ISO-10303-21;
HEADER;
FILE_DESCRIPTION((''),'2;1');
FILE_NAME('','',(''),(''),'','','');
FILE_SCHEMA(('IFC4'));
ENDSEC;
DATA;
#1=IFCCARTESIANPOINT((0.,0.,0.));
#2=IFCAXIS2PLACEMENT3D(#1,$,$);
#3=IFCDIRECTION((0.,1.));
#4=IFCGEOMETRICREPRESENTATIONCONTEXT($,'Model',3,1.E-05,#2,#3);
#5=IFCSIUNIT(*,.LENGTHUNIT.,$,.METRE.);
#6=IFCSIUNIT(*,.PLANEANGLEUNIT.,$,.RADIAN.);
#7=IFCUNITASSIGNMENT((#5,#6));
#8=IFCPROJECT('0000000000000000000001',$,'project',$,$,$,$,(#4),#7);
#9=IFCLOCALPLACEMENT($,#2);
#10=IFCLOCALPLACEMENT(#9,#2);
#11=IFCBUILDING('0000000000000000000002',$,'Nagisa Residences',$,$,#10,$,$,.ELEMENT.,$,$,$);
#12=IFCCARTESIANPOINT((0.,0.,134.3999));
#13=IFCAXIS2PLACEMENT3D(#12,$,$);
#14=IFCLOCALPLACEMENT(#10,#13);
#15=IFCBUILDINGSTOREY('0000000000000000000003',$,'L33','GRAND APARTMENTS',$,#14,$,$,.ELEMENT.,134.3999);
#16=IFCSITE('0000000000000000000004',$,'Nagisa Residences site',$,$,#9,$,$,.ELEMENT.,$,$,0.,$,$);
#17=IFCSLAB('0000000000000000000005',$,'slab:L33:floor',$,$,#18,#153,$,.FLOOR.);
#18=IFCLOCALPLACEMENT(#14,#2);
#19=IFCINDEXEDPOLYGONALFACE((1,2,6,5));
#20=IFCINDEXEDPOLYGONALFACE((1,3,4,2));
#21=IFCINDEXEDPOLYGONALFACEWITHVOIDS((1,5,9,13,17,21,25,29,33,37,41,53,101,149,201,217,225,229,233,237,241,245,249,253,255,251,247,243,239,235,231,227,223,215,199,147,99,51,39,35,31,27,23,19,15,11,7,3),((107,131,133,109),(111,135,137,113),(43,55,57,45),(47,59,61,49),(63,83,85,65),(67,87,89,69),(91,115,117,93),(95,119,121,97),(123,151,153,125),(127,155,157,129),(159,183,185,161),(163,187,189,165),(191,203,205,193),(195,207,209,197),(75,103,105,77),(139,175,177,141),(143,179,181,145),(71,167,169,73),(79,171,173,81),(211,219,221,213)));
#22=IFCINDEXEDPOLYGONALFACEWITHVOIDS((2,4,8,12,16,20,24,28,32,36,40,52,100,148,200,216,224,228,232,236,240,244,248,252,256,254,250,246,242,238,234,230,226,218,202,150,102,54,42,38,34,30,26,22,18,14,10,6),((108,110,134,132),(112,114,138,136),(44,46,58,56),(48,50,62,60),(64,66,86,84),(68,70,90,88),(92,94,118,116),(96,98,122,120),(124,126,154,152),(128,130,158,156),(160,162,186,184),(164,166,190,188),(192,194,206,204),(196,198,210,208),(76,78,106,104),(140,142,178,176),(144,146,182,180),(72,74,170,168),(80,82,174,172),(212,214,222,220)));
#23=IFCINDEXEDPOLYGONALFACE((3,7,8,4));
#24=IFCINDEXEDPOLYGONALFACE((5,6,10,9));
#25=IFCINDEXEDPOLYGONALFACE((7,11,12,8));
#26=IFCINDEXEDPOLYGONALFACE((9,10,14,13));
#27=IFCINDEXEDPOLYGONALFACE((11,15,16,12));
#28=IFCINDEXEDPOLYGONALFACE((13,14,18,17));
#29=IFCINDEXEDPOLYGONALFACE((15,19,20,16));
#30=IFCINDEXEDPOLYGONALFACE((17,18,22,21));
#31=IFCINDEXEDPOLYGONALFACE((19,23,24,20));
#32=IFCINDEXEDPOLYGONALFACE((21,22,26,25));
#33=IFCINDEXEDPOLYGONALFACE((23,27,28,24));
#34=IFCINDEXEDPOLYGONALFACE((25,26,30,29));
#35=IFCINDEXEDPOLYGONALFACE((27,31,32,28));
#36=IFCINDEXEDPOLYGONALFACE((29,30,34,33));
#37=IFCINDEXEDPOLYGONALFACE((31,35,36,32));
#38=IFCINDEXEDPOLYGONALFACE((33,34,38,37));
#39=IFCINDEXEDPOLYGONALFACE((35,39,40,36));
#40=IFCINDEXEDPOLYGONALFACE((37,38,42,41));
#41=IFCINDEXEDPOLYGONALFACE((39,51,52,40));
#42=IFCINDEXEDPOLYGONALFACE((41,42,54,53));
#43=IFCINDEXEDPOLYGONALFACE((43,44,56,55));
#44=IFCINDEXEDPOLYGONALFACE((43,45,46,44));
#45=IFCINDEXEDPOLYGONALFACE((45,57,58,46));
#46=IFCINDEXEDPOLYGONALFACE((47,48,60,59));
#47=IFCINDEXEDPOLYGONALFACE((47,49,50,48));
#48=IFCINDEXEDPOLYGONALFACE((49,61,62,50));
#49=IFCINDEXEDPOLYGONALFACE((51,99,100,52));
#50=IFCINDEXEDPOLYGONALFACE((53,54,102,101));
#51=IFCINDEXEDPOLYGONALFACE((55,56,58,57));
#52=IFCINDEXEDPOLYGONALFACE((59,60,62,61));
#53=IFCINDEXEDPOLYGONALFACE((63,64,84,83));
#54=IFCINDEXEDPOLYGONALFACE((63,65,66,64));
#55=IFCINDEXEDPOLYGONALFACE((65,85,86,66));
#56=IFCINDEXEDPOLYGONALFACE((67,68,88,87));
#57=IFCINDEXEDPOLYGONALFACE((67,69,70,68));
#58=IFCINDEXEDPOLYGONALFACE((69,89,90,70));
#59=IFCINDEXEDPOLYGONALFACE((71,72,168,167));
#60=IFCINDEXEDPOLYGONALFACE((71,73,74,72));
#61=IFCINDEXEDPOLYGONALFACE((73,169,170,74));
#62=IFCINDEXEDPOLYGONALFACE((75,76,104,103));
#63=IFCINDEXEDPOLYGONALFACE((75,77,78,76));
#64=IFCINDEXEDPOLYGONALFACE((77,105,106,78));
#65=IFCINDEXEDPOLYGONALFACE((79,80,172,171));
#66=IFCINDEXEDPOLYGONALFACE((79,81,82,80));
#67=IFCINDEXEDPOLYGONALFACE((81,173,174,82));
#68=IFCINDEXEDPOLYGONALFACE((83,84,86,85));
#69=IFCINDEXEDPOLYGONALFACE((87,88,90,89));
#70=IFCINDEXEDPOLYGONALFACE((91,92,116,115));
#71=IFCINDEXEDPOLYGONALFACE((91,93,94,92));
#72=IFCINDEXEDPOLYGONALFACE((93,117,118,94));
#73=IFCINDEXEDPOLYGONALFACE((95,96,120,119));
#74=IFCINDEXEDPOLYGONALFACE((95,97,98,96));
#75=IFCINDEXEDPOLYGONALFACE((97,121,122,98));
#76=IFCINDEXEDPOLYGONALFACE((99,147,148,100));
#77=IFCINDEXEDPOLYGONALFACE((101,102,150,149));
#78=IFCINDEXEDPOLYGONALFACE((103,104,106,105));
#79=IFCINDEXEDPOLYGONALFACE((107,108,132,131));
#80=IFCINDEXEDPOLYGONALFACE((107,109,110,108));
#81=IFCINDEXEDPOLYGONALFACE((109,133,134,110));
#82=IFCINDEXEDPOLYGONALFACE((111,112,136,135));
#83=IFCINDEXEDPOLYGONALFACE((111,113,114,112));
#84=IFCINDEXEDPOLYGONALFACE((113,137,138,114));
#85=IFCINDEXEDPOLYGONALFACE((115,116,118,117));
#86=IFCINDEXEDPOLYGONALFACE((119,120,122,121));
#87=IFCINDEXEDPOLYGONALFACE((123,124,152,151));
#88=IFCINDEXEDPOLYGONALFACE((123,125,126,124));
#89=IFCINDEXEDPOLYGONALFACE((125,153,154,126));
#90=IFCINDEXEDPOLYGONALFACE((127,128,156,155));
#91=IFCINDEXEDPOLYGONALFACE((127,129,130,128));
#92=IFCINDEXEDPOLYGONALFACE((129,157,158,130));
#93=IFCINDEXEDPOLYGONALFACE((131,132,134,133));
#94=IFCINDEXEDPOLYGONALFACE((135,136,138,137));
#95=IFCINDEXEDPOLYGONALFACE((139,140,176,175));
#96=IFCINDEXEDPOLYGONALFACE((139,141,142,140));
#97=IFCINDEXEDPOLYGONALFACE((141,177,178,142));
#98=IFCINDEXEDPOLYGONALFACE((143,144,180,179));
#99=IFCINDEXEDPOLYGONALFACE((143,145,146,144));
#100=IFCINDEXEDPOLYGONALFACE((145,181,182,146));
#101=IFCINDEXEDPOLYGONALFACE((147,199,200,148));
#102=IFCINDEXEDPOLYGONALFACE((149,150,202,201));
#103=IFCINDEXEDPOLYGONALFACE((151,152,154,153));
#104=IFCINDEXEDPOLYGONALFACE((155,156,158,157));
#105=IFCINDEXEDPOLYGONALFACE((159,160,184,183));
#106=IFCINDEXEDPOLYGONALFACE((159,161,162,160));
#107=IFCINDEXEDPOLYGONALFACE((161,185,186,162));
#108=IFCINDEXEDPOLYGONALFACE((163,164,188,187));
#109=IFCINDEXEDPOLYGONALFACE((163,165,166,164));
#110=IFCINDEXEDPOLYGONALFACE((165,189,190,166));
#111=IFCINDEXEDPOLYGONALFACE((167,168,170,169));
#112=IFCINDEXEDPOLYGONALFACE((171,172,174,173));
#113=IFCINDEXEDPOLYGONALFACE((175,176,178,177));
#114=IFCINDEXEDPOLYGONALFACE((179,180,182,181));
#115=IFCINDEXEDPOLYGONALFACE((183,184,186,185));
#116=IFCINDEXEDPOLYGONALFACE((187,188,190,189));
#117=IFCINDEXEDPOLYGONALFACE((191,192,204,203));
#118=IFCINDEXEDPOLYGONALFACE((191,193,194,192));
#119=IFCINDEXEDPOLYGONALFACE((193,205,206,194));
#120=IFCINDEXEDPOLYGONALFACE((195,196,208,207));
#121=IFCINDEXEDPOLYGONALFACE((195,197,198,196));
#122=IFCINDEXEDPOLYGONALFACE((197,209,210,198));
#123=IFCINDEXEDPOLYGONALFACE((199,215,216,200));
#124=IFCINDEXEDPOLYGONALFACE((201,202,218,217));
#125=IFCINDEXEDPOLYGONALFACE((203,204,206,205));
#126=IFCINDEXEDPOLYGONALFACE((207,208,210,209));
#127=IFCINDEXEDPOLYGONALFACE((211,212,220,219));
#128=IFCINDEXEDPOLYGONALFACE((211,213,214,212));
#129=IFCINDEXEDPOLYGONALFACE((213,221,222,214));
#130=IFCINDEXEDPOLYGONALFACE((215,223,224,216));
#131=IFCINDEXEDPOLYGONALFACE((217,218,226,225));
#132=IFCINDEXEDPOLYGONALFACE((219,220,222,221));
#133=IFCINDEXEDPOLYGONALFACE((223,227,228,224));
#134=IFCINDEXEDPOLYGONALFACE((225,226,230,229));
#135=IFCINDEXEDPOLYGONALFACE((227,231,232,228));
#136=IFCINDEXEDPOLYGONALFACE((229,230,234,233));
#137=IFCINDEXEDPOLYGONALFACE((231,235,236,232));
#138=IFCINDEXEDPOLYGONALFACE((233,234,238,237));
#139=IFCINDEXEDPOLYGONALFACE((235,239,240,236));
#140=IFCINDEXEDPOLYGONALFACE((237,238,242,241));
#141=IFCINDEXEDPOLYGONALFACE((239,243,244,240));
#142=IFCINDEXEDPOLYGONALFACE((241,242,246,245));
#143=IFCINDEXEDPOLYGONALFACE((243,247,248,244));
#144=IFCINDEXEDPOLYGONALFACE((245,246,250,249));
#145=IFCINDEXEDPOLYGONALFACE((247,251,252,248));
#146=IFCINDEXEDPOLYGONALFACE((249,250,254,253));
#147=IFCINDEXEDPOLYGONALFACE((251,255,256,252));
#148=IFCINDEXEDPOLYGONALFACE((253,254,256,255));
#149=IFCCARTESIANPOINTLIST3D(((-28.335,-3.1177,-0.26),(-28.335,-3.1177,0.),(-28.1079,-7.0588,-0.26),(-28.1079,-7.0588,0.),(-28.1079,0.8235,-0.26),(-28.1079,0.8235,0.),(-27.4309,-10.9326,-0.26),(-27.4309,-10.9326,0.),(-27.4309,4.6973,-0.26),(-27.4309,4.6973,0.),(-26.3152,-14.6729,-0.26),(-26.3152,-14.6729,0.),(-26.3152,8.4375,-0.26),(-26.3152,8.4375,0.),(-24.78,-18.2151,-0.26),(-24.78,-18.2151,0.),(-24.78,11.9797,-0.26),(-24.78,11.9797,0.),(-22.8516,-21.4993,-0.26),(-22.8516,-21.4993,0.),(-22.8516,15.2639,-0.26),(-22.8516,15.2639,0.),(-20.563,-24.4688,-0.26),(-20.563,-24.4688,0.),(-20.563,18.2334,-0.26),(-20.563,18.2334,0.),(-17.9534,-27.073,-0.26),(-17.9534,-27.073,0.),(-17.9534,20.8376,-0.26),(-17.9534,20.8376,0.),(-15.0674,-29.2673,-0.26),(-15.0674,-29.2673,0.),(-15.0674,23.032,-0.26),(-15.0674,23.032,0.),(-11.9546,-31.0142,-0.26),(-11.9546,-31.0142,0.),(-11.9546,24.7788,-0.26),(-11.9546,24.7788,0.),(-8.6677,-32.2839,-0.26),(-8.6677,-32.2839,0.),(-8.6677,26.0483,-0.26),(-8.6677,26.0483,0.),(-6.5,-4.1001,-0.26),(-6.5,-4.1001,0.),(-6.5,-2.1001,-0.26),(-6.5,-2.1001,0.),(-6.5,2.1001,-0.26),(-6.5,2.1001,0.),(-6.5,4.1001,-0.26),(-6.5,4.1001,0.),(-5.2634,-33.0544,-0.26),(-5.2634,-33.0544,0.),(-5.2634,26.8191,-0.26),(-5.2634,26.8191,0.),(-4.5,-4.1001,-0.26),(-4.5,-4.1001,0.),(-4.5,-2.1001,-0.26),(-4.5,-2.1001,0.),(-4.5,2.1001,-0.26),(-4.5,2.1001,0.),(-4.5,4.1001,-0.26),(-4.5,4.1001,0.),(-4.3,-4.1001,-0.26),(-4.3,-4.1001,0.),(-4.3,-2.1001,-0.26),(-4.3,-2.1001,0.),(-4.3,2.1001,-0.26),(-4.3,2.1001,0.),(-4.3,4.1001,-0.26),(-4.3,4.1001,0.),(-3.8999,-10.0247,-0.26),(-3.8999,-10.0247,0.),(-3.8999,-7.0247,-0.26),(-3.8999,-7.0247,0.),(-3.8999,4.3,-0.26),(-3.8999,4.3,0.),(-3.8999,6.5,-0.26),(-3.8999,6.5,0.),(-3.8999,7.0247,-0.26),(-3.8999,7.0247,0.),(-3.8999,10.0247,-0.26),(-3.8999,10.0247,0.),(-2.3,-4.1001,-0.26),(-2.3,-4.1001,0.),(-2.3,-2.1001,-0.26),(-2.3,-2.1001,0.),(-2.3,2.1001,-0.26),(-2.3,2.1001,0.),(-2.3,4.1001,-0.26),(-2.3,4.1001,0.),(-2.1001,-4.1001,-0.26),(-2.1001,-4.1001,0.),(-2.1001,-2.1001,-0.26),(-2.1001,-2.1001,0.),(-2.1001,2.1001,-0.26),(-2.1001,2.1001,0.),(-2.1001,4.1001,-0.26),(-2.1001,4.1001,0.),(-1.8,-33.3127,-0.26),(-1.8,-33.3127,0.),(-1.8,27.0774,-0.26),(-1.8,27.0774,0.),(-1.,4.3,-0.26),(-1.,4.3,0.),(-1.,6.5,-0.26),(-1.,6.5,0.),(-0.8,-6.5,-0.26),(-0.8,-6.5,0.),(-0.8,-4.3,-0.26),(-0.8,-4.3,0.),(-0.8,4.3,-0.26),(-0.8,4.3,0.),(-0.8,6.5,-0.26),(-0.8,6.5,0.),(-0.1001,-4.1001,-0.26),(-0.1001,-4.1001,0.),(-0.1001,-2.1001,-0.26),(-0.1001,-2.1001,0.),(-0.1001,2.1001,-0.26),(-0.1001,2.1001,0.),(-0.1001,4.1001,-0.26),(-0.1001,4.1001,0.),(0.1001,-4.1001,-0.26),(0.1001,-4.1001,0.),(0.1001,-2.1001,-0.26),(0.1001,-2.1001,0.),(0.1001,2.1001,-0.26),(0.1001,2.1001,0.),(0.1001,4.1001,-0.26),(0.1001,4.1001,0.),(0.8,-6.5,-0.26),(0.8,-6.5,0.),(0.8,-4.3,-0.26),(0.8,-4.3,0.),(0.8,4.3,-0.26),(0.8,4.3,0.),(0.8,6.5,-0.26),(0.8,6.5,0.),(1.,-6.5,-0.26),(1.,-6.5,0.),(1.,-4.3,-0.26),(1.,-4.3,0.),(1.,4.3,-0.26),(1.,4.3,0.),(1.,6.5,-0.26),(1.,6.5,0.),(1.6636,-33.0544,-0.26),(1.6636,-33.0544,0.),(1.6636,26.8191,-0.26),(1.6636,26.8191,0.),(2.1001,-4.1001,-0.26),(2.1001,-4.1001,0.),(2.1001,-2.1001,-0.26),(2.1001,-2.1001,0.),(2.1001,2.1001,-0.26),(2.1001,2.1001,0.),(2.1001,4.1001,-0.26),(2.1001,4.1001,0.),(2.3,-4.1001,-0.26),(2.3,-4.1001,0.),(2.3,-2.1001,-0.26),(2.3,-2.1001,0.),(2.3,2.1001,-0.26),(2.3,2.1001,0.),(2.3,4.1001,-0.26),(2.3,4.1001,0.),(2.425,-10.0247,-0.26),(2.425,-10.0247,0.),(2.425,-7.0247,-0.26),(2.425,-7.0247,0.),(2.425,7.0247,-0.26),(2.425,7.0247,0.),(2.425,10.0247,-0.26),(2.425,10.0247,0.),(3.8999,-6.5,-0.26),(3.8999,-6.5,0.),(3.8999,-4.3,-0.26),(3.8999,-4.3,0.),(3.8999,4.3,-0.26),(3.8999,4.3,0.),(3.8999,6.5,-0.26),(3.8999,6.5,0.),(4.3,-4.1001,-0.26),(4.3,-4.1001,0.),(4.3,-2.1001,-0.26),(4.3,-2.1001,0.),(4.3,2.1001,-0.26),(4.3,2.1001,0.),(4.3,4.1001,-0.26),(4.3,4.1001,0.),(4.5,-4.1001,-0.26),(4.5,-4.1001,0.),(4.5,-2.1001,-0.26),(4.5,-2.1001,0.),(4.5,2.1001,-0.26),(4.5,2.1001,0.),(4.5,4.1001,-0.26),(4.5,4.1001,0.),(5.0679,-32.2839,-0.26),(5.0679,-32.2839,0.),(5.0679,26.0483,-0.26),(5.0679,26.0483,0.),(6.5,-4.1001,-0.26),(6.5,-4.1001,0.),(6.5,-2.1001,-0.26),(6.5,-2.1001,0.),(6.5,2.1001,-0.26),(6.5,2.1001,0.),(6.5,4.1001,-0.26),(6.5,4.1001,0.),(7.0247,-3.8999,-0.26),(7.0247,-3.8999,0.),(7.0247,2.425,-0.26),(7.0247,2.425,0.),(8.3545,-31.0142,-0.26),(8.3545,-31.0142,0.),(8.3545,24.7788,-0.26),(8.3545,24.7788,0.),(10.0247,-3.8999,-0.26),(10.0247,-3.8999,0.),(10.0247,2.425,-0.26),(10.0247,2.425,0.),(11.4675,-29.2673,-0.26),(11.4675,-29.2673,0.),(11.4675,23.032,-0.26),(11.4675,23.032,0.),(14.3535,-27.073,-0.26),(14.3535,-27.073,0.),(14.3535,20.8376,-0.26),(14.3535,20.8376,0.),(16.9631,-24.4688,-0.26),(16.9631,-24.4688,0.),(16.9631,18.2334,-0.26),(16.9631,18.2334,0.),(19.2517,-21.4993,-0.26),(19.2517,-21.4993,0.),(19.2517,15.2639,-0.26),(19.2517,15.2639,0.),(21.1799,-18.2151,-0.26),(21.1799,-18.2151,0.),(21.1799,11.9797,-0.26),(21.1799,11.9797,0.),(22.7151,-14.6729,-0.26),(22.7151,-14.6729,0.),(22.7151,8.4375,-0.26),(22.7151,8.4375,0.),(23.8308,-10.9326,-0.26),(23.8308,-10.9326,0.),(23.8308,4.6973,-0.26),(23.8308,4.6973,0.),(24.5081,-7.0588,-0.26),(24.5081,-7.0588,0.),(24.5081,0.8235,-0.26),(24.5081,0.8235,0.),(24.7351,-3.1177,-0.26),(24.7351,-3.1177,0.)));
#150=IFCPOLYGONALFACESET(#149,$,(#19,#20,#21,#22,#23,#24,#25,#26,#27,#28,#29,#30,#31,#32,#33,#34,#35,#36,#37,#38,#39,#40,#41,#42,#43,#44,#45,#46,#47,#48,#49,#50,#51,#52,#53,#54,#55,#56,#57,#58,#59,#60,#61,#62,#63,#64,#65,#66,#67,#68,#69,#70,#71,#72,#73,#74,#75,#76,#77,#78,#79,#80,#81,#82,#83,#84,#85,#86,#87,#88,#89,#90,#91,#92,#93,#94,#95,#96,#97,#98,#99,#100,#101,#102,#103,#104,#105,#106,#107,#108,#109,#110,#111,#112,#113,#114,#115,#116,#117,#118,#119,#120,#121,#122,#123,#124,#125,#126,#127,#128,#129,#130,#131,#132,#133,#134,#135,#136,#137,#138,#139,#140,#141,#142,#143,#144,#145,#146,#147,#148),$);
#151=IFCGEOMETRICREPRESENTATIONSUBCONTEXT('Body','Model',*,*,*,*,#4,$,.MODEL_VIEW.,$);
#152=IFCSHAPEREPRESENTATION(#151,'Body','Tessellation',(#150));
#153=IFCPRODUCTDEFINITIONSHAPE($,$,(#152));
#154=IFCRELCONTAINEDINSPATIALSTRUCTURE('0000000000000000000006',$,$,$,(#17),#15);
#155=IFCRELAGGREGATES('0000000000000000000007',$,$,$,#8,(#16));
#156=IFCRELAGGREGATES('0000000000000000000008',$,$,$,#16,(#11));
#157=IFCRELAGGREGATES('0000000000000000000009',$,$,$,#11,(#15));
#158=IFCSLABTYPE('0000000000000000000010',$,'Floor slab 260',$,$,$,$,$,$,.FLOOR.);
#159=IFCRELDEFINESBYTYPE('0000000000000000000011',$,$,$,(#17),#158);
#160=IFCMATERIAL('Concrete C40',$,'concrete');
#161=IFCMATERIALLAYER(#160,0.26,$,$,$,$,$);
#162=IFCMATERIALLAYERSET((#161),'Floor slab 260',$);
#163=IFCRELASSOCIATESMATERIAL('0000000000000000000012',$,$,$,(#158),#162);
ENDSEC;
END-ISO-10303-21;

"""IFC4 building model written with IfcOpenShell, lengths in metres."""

from ifc_helpers import new_model, si_unit, direction, frame, origin, place, context, subcontext, project, spatial, polyline, outline, extrude, material, layer, layer_set, type_object, element, save


model = new_model("IFC4")

# Units and contexts
model_context = context("Model", 3, precision=1e-05, world=origin(), true_north=direction((0.0, 1.0)))
body_context = subcontext(model_context, "Body", "Model", "MODEL_VIEW")
ifc_project = project(units=[si_unit("LENGTHUNIT", "METRE"), si_unit("PLANEANGLEUNIT", "RADIAN")], contexts=[model_context])

# Site, building, storey
site_placement = place(None, origin())
site = spatial("IfcSite", under=ifc_project, at=site_placement, Name="Nagisa Residences site", CompositionType="ELEMENT", RefElevation=0.0)
building_placement = place(site_placement, origin())
building = spatial("IfcBuilding", under=site, at=building_placement, Name="Nagisa Residences", CompositionType="ELEMENT")
storey_placement = place(building_placement, frame((0.0, 0.0, 134.3999)))
storey = spatial("IfcBuildingStorey", under=building, at=storey_placement, Name="L33", Description="GRAND APARTMENTS", CompositionType="ELEMENT", Elevation=134.3999)

# Slab
ifc_material_1 = material(Name="Concrete C40", Category="concrete")
ifc_layer_1 = layer(ifc_material_1, 0.26)
ifc_layer_set_1 = layer_set([ifc_layer_1], Name="Floor slab 260")
slab_type = type_object("IfcSlabType", Name="Floor slab 260", PredefinedType="FLOOR", material=ifc_layer_set_1)
slab_placement = place(storey_placement, frame((0.0, 0.0, -0.26)))
element("IfcSlab", 1, at=slab_placement, inside=storey, type_object=slab_type, Name="slab:L33:floor", PredefinedType="FLOOR", context=body_context, shape_type="SweptSolid", body=[
    extrude(outline(polyline([(24.7351, -3.1177), (24.5081, 0.8235), (23.8308, 4.6973), (22.7151, 8.4375), (21.1799, 11.9797), (19.2517, 15.2639), (16.9631, 18.2334), (14.3535, 20.8376), (11.4675, 23.032), (8.3545, 24.7788), (5.0679, 26.0483), (1.6636, 26.8191), (-1.8, 27.0774), (-5.2634, 26.8191), (-8.6677, 26.0483), (-11.9546, 24.7788), (-15.0674, 23.032), (-17.9534, 20.8376), (-20.563, 18.2334), (-22.8516, 15.2639), (-24.78, 11.9797), (-26.3152, 8.4375), (-27.4309, 4.6973), (-28.1079, 0.8235), (-28.335, -3.1177), (-28.1079, -7.0588), (-27.4309, -10.9326), (-26.3152, -14.6729), (-24.78, -18.2151), (-22.8516, -21.4993), (-20.563, -24.4688), (-17.9534, -27.073), (-15.0674, -29.2673), (-11.9546, -31.0142), (-8.6677, -32.2839), (-5.2634, -33.0544), (-1.8, -33.3127), (1.6636, -33.0544), (5.0679, -32.2839), (8.3545, -31.0142), (11.4675, -29.2673), (14.3535, -27.073), (16.9631, -24.4688), (19.2517, -21.4993), (21.1799, -18.2151), (22.7151, -14.6729), (23.8308, -10.9326), (24.5081, -7.0588), (24.7351, -3.1177)]), holes=[polyline([(-4.5, 2.1001), (-4.5, 4.1001), (-6.5, 4.1001), (-6.5, 2.1001), (-4.5, 2.1001)]), polyline([(-2.3, 2.1001), (-2.3, 4.1001), (-4.3, 4.1001), (-4.3, 2.1001), (-2.3, 2.1001)]), polyline([(-0.1001, 2.1001), (-0.1001, 4.1001), (-2.1001, 4.1001), (-2.1001, 2.1001), (-0.1001, 2.1001)]), polyline([(2.1001, 2.1001), (2.1001, 4.1001), (0.1001, 4.1001), (0.1001, 2.1001), (2.1001, 2.1001)]), polyline([(4.3, 2.1001), (4.3, 4.1001), (2.3, 4.1001), (2.3, 2.1001), (4.3, 2.1001)]), polyline([(6.5, 2.1001), (6.5, 4.1001), (4.5, 4.1001), (4.5, 2.1001), (6.5, 2.1001)]), polyline([(-4.5, -4.1001), (-4.5, -2.1001), (-6.5, -2.1001), (-6.5, -4.1001), (-4.5, -4.1001)]), polyline([(-2.3, -4.1001), (-2.3, -2.1001), (-4.3, -2.1001), (-4.3, -4.1001), (-2.3, -4.1001)]), polyline([(-0.1001, -4.1001), (-0.1001, -2.1001), (-2.1001, -2.1001), (-2.1001, -4.1001), (-0.1001, -4.1001)]), polyline([(2.1001, -4.1001), (2.1001, -2.1001), (0.1001, -2.1001), (0.1001, -4.1001), (2.1001, -4.1001)]), polyline([(4.3, -4.1001), (4.3, -2.1001), (2.3, -2.1001), (2.3, -4.1001), (4.3, -4.1001)]), polyline([(6.5, -4.1001), (6.5, -2.1001), (4.5, -2.1001), (4.5, -4.1001), (6.5, -4.1001)]), polyline([(3.8999, 4.3), (3.8999, 6.5), (1.0, 6.5), (1.0, 4.3), (3.8999, 4.3)]), polyline([(3.8999, -6.5), (3.8999, -4.3), (1.0, -4.3), (1.0, -6.5), (3.8999, -6.5)]), polyline([(-1.0, 4.3), (-1.0, 6.5), (-3.8999, 6.5), (-3.8999, 4.3), (-1.0, 4.3)]), polyline([(0.8, 4.3), (0.8, 6.5), (-0.8, 6.5), (-0.8, 4.3), (0.8, 4.3)]), polyline([(0.8, -6.5), (0.8, -4.3), (-0.8, -4.3), (-0.8, -6.5), (0.8, -6.5)]), polyline([(10.0247, -3.8999), (7.0247, -3.8999), (7.0247, 2.425), (10.0247, 2.425), (10.0247, -3.8999)]), polyline([(-3.8999, 7.0247), (-3.8999, 10.0247), (2.425, 10.0247), (2.425, 7.0247), (-3.8999, 7.0247)]), polyline([(-3.8999, -10.0247), (-3.8999, -7.0247), (2.425, -7.0247), (2.425, -10.0247), (-3.8999, -10.0247)])]), origin(), (0.0, 0.0, 1.0), 0.26),
])

save(model, "model.ifc")
